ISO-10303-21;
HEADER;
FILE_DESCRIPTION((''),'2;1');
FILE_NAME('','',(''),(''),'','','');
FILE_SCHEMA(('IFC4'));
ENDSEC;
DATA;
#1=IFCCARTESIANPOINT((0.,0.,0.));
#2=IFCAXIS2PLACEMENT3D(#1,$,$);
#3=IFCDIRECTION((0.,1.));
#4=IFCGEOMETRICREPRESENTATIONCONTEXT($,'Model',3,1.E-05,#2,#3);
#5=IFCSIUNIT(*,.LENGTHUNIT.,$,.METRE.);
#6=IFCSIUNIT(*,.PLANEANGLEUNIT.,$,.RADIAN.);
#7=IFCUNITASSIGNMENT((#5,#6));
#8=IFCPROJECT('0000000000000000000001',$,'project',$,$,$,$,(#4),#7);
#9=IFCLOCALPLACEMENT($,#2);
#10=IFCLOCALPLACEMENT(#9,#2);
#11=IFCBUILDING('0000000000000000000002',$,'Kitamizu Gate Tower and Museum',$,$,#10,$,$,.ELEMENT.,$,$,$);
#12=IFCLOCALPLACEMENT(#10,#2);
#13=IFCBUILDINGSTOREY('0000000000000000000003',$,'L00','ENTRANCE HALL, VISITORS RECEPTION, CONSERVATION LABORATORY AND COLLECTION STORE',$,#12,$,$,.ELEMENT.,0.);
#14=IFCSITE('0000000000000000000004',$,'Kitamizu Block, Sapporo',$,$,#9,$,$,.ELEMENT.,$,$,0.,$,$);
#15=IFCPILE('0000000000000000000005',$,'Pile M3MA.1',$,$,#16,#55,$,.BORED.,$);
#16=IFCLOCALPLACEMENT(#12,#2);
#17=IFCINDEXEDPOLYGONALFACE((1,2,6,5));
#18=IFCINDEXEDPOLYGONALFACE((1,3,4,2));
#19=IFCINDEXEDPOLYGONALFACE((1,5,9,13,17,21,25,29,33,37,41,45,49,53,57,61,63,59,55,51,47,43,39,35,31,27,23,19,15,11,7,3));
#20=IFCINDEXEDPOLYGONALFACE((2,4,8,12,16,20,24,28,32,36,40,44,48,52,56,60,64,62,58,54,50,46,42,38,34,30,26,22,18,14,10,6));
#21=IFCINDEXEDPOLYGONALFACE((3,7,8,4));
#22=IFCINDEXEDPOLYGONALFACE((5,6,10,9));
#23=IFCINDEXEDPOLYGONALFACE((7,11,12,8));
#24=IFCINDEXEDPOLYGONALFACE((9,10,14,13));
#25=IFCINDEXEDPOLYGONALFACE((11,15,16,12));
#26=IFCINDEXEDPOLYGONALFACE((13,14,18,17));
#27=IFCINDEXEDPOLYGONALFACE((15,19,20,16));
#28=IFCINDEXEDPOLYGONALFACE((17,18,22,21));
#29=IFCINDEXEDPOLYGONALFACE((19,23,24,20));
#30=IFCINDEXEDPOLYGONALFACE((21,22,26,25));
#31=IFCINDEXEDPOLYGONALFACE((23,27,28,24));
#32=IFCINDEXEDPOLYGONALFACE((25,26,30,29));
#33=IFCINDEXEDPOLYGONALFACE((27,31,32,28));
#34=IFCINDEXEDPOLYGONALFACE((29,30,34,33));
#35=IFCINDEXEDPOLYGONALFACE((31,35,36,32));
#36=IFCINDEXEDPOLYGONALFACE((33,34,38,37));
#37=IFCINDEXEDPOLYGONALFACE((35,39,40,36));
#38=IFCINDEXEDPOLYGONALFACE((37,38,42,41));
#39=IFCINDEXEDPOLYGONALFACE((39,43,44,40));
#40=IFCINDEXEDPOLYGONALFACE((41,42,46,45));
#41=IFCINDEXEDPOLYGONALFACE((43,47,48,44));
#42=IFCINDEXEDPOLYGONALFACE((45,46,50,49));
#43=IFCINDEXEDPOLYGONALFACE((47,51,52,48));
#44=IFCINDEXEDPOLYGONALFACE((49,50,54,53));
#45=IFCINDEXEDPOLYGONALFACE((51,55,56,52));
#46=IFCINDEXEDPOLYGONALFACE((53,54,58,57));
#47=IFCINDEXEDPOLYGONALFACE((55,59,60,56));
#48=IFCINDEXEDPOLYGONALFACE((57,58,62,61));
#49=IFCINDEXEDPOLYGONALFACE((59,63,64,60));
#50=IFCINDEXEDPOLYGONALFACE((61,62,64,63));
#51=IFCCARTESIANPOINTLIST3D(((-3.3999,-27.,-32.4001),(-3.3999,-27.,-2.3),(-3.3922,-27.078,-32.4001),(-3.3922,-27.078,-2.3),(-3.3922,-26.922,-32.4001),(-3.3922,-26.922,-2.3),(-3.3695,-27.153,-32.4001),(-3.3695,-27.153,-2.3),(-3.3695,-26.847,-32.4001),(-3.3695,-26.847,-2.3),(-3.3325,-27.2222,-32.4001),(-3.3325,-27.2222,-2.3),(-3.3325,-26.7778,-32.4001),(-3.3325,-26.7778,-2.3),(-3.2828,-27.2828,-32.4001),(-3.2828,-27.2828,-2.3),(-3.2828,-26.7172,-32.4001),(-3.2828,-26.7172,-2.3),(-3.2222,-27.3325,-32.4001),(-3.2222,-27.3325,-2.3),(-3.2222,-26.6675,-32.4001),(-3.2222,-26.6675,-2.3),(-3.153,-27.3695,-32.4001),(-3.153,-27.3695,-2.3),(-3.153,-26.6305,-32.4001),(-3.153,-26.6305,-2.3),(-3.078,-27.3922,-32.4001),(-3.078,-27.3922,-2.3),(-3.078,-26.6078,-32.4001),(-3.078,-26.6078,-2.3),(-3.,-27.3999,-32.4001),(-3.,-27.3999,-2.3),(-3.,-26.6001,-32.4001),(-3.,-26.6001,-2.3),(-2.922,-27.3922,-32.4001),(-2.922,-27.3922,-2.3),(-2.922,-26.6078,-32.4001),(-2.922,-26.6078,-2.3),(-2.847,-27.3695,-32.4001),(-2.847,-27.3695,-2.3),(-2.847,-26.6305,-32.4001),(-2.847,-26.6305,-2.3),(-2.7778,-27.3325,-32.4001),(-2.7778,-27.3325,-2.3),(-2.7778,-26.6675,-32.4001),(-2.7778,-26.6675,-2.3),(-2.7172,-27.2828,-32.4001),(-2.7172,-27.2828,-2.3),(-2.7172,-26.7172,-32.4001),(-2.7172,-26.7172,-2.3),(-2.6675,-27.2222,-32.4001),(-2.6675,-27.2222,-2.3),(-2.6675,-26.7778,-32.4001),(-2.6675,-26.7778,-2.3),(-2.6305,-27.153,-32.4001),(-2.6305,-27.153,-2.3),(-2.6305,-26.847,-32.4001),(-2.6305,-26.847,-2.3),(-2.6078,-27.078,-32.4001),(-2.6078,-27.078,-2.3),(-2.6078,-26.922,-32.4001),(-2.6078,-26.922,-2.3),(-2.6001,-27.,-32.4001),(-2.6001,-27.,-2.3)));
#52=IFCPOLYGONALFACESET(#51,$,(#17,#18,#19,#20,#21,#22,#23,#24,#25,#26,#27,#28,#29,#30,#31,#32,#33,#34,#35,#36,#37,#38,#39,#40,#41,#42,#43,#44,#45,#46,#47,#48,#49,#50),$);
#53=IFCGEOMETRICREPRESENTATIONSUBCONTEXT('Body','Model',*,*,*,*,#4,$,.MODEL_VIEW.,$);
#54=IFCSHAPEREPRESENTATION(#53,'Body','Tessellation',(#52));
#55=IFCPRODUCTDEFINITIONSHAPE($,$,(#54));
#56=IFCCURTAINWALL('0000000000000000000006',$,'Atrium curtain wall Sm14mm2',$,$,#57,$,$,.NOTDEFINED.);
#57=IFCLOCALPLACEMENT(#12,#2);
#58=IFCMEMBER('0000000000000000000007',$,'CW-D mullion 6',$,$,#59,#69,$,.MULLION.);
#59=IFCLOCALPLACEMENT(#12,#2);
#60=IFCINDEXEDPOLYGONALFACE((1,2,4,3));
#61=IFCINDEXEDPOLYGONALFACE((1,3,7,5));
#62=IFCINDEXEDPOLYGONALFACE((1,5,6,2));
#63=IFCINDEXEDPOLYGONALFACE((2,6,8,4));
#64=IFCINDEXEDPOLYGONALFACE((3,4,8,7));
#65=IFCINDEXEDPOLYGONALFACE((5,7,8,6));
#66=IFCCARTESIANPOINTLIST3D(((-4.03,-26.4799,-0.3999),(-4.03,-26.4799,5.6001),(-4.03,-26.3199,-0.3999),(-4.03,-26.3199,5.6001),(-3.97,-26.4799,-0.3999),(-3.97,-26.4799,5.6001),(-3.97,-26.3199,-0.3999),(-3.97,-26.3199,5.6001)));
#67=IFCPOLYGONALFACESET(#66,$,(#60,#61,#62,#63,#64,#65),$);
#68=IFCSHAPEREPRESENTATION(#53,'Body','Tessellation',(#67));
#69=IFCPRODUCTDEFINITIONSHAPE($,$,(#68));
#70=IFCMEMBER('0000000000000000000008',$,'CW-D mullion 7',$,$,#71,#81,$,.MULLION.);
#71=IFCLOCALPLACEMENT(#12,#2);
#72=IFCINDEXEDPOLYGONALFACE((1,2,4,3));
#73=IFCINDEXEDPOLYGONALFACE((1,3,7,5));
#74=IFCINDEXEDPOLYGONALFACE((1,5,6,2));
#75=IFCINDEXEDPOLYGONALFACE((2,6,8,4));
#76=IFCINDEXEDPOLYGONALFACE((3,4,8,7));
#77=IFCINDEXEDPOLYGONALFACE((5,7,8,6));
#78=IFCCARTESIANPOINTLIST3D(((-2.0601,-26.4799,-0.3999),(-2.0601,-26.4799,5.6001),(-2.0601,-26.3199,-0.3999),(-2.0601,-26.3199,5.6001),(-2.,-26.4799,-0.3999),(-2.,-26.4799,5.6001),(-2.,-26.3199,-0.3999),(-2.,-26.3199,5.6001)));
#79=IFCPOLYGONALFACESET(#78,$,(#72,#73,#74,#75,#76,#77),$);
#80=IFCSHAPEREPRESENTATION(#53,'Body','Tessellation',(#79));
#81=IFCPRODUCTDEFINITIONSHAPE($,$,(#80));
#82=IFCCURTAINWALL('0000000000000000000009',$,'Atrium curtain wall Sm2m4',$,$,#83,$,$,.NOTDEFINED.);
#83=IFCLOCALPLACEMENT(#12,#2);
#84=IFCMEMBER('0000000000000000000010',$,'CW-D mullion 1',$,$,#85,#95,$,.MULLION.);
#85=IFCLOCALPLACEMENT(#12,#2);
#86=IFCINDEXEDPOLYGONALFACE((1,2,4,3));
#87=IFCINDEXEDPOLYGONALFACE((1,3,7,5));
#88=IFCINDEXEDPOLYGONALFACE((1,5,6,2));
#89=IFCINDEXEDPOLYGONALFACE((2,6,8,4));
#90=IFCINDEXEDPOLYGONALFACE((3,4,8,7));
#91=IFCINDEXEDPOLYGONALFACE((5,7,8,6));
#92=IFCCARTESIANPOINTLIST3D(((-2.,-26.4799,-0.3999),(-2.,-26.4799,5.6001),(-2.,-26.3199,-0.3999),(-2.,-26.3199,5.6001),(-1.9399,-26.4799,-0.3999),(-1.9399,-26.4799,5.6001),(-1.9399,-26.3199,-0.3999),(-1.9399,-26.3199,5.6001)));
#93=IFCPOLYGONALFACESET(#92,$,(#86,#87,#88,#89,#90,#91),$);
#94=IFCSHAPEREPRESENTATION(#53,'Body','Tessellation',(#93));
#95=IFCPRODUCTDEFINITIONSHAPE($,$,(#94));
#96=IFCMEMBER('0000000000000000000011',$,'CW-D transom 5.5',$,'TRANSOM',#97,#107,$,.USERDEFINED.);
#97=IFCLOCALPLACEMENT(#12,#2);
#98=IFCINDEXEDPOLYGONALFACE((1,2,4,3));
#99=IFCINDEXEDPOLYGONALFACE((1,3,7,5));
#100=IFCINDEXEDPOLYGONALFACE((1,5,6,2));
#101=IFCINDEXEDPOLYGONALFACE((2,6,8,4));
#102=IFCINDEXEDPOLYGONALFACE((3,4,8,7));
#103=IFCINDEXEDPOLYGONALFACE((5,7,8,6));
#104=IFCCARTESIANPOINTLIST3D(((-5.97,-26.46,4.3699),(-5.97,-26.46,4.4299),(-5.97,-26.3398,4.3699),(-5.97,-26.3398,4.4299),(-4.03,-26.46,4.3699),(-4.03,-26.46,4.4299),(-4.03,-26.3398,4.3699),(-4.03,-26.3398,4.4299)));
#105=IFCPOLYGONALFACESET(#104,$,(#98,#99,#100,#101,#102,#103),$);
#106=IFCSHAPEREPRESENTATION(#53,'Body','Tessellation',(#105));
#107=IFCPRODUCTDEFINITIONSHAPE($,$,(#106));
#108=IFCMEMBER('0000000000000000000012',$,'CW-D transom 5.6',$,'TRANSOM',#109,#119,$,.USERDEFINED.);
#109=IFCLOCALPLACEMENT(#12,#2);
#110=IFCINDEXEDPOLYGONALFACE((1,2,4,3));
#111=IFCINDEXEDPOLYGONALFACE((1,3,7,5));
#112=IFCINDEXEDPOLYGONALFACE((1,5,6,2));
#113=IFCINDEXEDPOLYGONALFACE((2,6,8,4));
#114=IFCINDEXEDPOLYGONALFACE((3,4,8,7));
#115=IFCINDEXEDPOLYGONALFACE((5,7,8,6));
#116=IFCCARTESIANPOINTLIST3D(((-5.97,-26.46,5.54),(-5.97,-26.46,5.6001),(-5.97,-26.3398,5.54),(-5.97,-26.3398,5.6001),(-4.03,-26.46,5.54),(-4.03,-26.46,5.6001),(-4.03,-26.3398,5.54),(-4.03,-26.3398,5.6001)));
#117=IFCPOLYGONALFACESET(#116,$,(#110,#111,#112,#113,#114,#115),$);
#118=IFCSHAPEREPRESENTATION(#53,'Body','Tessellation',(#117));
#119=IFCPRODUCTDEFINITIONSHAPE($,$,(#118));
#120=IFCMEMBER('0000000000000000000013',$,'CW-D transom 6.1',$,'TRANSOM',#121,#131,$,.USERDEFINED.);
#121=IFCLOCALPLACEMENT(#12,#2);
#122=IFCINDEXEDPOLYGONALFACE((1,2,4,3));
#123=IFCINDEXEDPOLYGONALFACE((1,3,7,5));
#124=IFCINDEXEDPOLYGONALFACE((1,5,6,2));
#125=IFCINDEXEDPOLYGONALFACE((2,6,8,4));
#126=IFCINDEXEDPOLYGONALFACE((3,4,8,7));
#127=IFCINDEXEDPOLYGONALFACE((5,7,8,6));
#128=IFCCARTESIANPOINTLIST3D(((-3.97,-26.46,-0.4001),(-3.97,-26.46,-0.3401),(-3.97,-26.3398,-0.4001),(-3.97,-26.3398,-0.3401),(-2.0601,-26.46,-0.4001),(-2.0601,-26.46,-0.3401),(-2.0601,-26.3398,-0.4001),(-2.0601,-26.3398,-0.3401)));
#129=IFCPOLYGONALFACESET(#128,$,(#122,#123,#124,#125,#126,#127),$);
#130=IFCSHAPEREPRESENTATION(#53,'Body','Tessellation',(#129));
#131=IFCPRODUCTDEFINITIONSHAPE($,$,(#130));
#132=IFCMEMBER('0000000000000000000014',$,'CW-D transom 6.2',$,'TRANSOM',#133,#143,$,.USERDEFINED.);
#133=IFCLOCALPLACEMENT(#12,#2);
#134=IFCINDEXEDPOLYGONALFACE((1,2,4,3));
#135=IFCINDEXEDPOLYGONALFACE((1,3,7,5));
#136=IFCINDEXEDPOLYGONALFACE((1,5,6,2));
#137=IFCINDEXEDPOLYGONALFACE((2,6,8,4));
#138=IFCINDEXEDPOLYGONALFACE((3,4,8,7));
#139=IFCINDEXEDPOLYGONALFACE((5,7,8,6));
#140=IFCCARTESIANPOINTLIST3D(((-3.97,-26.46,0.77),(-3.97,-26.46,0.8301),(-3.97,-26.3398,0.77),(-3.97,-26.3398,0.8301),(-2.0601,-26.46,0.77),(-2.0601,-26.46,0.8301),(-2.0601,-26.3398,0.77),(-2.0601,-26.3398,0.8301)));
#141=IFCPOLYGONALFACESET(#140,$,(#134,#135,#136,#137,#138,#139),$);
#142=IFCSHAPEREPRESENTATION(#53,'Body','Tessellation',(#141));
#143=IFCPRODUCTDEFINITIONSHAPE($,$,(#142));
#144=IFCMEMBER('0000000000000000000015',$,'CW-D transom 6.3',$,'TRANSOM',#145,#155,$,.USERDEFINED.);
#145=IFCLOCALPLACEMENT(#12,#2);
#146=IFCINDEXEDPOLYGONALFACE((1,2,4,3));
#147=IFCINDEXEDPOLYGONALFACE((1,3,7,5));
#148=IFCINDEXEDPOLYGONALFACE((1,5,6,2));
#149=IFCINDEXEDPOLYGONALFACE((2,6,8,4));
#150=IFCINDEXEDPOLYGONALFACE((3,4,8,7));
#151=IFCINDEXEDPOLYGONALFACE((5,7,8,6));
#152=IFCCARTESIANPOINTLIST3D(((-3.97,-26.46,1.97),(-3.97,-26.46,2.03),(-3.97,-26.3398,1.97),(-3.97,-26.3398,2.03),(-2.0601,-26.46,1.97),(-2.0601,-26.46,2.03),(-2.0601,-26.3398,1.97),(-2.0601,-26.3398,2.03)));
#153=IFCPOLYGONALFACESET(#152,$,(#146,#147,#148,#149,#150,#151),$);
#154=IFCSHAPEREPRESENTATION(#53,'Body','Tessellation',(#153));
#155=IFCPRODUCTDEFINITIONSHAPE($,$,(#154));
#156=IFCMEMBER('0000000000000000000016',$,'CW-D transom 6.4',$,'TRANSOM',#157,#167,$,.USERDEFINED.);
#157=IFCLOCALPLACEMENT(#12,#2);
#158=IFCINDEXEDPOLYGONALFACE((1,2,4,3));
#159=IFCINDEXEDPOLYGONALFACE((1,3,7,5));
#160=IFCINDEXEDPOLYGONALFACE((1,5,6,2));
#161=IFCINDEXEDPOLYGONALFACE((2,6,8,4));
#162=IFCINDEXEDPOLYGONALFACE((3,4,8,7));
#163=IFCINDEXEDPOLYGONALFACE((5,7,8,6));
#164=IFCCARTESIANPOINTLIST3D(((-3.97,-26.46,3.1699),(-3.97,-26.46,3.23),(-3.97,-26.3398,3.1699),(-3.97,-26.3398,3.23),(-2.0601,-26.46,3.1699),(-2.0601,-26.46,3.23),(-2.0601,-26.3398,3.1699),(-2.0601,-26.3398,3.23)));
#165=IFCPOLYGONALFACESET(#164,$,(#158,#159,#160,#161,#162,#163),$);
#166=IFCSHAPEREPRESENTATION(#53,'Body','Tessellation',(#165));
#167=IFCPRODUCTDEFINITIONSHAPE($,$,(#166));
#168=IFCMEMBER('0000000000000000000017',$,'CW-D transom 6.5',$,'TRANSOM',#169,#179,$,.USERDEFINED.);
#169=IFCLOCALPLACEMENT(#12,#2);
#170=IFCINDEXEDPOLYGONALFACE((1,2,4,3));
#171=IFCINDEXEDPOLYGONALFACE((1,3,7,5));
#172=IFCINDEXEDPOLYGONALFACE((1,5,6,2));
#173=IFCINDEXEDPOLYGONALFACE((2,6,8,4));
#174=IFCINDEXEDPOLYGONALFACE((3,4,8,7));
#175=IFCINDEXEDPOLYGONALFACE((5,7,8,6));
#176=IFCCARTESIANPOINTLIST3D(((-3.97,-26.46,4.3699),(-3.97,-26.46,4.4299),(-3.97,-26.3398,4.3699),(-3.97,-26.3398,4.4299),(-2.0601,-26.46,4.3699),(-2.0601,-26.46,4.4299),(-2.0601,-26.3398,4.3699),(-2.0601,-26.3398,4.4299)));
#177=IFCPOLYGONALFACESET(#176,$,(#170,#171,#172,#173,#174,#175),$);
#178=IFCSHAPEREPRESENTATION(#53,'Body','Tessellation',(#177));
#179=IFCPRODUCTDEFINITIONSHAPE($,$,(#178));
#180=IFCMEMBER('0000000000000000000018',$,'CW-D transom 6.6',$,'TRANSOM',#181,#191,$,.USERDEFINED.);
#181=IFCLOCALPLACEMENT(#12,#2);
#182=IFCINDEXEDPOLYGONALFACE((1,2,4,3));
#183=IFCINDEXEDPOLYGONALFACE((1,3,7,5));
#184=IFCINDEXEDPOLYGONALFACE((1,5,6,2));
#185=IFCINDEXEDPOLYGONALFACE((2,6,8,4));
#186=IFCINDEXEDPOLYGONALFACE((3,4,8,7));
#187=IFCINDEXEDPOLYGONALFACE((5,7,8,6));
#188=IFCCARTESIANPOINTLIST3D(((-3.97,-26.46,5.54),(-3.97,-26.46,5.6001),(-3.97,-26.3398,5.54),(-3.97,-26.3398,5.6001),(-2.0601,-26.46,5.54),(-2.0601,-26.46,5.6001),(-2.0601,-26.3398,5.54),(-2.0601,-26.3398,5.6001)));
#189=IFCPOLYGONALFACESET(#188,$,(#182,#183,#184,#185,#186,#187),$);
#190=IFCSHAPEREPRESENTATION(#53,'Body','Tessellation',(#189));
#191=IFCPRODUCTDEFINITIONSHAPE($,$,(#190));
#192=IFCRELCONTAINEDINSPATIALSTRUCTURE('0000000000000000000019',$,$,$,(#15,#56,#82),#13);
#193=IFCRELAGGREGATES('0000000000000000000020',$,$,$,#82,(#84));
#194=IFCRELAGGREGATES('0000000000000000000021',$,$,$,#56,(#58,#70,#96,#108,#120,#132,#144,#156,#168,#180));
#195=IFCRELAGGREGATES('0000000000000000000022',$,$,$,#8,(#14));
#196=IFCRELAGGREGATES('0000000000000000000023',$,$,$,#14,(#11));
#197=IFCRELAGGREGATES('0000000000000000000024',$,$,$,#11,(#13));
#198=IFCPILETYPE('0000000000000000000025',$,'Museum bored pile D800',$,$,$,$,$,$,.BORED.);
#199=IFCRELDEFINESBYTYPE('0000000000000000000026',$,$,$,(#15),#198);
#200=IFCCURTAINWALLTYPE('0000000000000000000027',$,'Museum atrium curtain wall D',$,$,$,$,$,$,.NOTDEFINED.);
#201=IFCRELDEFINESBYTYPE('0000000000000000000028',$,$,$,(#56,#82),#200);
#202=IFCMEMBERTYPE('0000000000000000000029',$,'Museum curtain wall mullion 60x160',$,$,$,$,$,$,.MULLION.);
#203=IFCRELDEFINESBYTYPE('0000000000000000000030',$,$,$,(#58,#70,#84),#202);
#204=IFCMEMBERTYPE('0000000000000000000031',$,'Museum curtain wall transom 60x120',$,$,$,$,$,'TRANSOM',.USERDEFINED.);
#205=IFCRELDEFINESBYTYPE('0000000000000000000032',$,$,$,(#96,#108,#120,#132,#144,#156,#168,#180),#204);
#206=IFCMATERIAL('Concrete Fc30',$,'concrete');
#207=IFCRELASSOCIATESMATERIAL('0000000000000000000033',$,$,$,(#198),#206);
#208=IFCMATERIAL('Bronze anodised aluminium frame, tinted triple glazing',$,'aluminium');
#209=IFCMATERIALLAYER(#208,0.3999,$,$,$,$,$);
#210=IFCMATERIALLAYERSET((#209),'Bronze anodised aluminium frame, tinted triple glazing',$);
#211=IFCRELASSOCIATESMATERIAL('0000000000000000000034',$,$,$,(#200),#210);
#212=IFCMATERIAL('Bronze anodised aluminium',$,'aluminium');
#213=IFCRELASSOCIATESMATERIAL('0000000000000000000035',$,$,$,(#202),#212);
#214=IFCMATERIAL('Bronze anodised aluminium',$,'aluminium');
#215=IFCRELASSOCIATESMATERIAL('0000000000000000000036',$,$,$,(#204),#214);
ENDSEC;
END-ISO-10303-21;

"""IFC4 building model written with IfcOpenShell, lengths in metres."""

from ifc_helpers import new_model, si_unit, direction, frame, origin, origin_2d, place, context, subcontext, project, spatial, rectangle, circle, extrude, material, layer, layer_set, material_profile, profile_set, type_object, element, aggregate, save


model = new_model("IFC4")

# Units and contexts
model_context = context("Model", 3, precision=1e-05, world=origin(), true_north=direction((0.0, 1.0)))
body_context = subcontext(model_context, "Body", "Model", "MODEL_VIEW")
ifc_project = project(units=[si_unit("LENGTHUNIT", "METRE"), si_unit("PLANEANGLEUNIT", "RADIAN")], contexts=[model_context])

# Site, building, storey
site_placement = place(None, origin())
site = spatial("IfcSite", under=ifc_project, at=site_placement, Name="Kitamizu Block, Sapporo", CompositionType="ELEMENT", RefElevation=0.0)
building_placement = place(site_placement, origin())
building = spatial("IfcBuilding", under=site, at=building_placement, Name="Kitamizu Gate Tower and Museum", CompositionType="ELEMENT")
storey_placement = place(building_placement, origin())
storey = spatial("IfcBuildingStorey", under=building, at=storey_placement, Name="L00", Description="ENTRANCE HALL, VISITORS RECEPTION, CONSERVATION LABORATORY AND COLLECTION STORE", CompositionType="ELEMENT", Elevation=0.0)

# Pile
ifc_material_1 = material(Name="Concrete Fc30", Category="concrete")
ifc_material_profile_1 = material_profile(ifc_material_1, circle(Radius=0.3999, at=origin_2d()), Name="D800")
ifc_profile_set_1 = profile_set([ifc_material_profile_1], Name="Concrete Fc30")
pile_type = type_object("IfcPileType", Name="Museum bored pile D800", PredefinedType="BORED", material=ifc_profile_set_1)
pile_placement = place(storey_placement, frame((-3.0, -27.0, -2.3), z_axis=(0.0, 0.0, -1.0), x_axis=(1.0, 0.0, 0.0)))
element("IfcPile", 1, at=pile_placement, inside=storey, type_object=pile_type, Name="Pile M3MA.1", PredefinedType="BORED", context=body_context, shape_type="SweptSolid", body=[
    extrude(circle(Radius=0.3999, at=origin_2d()), origin(), (0.0, 0.0, 1.0), 30.1001),
])

# Curtain wall, members
ifc_material_2 = material(Name="Bronze anodised aluminium frame, tinted triple glazing", Category="aluminium")
ifc_layer_1 = layer(ifc_material_2, 0.3999)
ifc_layer_set_1 = layer_set([ifc_layer_1], Name="Bronze anodised aluminium frame, tinted triple glazing")
curtain_wall_type = type_object("IfcCurtainWallType", Name="Museum atrium curtain wall D", PredefinedType="NOTDEFINED", material=ifc_layer_set_1)
curtain_wall_1_placement = place(storey_placement, origin())
curtain_wall_1 = element("IfcCurtainWall", 2, at=curtain_wall_1_placement, inside=storey, type_object=curtain_wall_type, Name="Atrium curtain wall Sm14mm2", PredefinedType="NOTDEFINED")
ifc_material_3 = material(Name="Bronze anodised aluminium", Category="aluminium")
ifc_material_profile_2 = material_profile(ifc_material_3, rectangle(XDim=0.0601, YDim=0.1599, at=origin_2d()), Name="60x160")
ifc_profile_set_2 = profile_set([ifc_material_profile_2], Name="Bronze anodised aluminium")
member_type_1 = type_object("IfcMemberType", Name="Museum curtain wall mullion 60x160", PredefinedType="MULLION", material=ifc_profile_set_2)
member_1_placement = place(storey_placement, frame((-4.0, -26.3999, -0.3999), z_axis=(0.0, 0.0, 1.0), x_axis=(1.0, 0.0, 0.0)))
member_1 = element("IfcMember", 3, at=member_1_placement, type_object=member_type_1, Name="CW-D mullion 6", PredefinedType="MULLION", context=body_context, shape_type="SweptSolid", body=[
    extrude(rectangle(XDim=0.0601, YDim=0.1599, at=origin_2d()), origin(), (0.0, 0.0, 1.0), 6.0),
])
member_2_placement = place(storey_placement, frame((-2.03, -26.3999, -0.3999), z_axis=(0.0, 0.0, 1.0), x_axis=(1.0, 0.0, 0.0)))
member_2 = element("IfcMember", 4, at=member_2_placement, type_object=member_type_1, Name="CW-D mullion 7", PredefinedType="MULLION", context=body_context, shape_type="SweptSolid", body=[
    extrude(rectangle(XDim=0.0601, YDim=0.1599, at=origin_2d()), origin(), (0.0, 0.0, 1.0), 6.0),
])

# Curtain wall, member
curtain_wall_2_placement = place(storey_placement, origin())
curtain_wall_2 = element("IfcCurtainWall", 5, at=curtain_wall_2_placement, inside=storey, type_object=curtain_wall_type, Name="Atrium curtain wall Sm2m4", PredefinedType="NOTDEFINED")
member_3_placement = place(storey_placement, frame((-1.97, -26.3999, -0.3999), z_axis=(0.0, 0.0, 1.0), x_axis=(1.0, 0.0, 0.0)))
member_3 = element("IfcMember", 6, at=member_3_placement, type_object=member_type_1, Name="CW-D mullion 1", PredefinedType="MULLION", context=body_context, shape_type="SweptSolid", body=[
    extrude(rectangle(XDim=0.0601, YDim=0.1599, at=origin_2d()), origin(), (0.0, 0.0, 1.0), 6.0),
])

# Members
ifc_material_4 = material(Name="Bronze anodised aluminium", Category="aluminium")
ifc_material_profile_3 = material_profile(ifc_material_4, rectangle(XDim=0.1201, YDim=0.0601, at=origin_2d()), Name="120x60")
ifc_profile_set_3 = profile_set([ifc_material_profile_3], Name="Bronze anodised aluminium")
member_type_2 = type_object("IfcMemberType", Name="Museum curtain wall transom 60x120", ElementType="TRANSOM", PredefinedType="USERDEFINED", material=ifc_profile_set_3)
member_4_placement = place(storey_placement, frame((-5.97, -26.3999, 4.3999), z_axis=(1.0, 0.0, 0.0), x_axis=(0.0, 1.0, 0.0)))
member_4 = element("IfcMember", 7, at=member_4_placement, type_object=member_type_2, Name="CW-D transom 5.5", ObjectType="TRANSOM", PredefinedType="USERDEFINED", context=body_context, shape_type="SweptSolid", body=[
    extrude(rectangle(XDim=0.1201, YDim=0.0601, at=origin_2d()), origin(), (0.0, 0.0, 1.0), 1.9399),
])
member_5_placement = place(storey_placement, frame((-5.97, -26.3999, 5.5701), z_axis=(1.0, 0.0, 0.0), x_axis=(0.0, 1.0, 0.0)))
member_5 = element("IfcMember", 8, at=member_5_placement, type_object=member_type_2, Name="CW-D transom 5.6", ObjectType="TRANSOM", PredefinedType="USERDEFINED", context=body_context, shape_type="SweptSolid", body=[
    extrude(rectangle(XDim=0.1201, YDim=0.0601, at=origin_2d()), origin(), (0.0, 0.0, 1.0), 1.9399),
])
member_6_placement = place(storey_placement, frame((-3.97, -26.3999, -0.3701), z_axis=(1.0, 0.0, 0.0), x_axis=(0.0, 1.0, 0.0)))
member_6 = element("IfcMember", 9, at=member_6_placement, type_object=member_type_2, Name="CW-D transom 6.1", ObjectType="TRANSOM", PredefinedType="USERDEFINED", context=body_context, shape_type="SweptSolid", body=[
    extrude(rectangle(XDim=0.1201, YDim=0.0601, at=origin_2d()), origin(), (0.0, 0.0, 1.0), 1.9099),
])
member_7_placement = place(storey_placement, frame((-3.97, -26.3999, 0.8), z_axis=(1.0, 0.0, 0.0), x_axis=(0.0, 1.0, 0.0)))
member_7 = element("IfcMember", 10, at=member_7_placement, type_object=member_type_2, Name="CW-D transom 6.2", ObjectType="TRANSOM", PredefinedType="USERDEFINED", context=body_context, shape_type="SweptSolid", body=[
    extrude(rectangle(XDim=0.1201, YDim=0.0601, at=origin_2d()), origin(), (0.0, 0.0, 1.0), 1.9099),
])
member_8_placement = place(storey_placement, frame((-3.97, -26.3999, 2.0), z_axis=(1.0, 0.0, 0.0), x_axis=(0.0, 1.0, 0.0)))
member_8 = element("IfcMember", 11, at=member_8_placement, type_object=member_type_2, Name="CW-D transom 6.3", ObjectType="TRANSOM", PredefinedType="USERDEFINED", context=body_context, shape_type="SweptSolid", body=[
    extrude(rectangle(XDim=0.1201, YDim=0.0601, at=origin_2d()), origin(), (0.0, 0.0, 1.0), 1.9099),
])
member_9_placement = place(storey_placement, frame((-3.97, -26.3999, 3.2), z_axis=(1.0, 0.0, 0.0), x_axis=(0.0, 1.0, 0.0)))
member_9 = element("IfcMember", 12, at=member_9_placement, type_object=member_type_2, Name="CW-D transom 6.4", ObjectType="TRANSOM", PredefinedType="USERDEFINED", context=body_context, shape_type="SweptSolid", body=[
    extrude(rectangle(XDim=0.1201, YDim=0.0601, at=origin_2d()), origin(), (0.0, 0.0, 1.0), 1.9099),
])
member_10_placement = place(storey_placement, frame((-3.97, -26.3999, 4.3999), z_axis=(1.0, 0.0, 0.0), x_axis=(0.0, 1.0, 0.0)))
member_10 = element("IfcMember", 13, at=member_10_placement, type_object=member_type_2, Name="CW-D transom 6.5", ObjectType="TRANSOM", PredefinedType="USERDEFINED", context=body_context, shape_type="SweptSolid", body=[
    extrude(rectangle(XDim=0.1201, YDim=0.0601, at=origin_2d()), origin(), (0.0, 0.0, 1.0), 1.9099),
])
member_11_placement = place(storey_placement, frame((-3.97, -26.3999, 5.5701), z_axis=(1.0, 0.0, 0.0), x_axis=(0.0, 1.0, 0.0)))
member_11 = element("IfcMember", 14, at=member_11_placement, type_object=member_type_2, Name="CW-D transom 6.6", ObjectType="TRANSOM", PredefinedType="USERDEFINED", context=body_context, shape_type="SweptSolid", body=[
    extrude(rectangle(XDim=0.1201, YDim=0.0601, at=origin_2d()), origin(), (0.0, 0.0, 1.0), 1.9099),
])
aggregate(curtain_wall_2, [member_3])

aggregate(curtain_wall_1, [member_1, member_2, member_4, member_5, member_6, member_7, member_8, member_9, member_10, member_11])

save(model, "model.ifc")
